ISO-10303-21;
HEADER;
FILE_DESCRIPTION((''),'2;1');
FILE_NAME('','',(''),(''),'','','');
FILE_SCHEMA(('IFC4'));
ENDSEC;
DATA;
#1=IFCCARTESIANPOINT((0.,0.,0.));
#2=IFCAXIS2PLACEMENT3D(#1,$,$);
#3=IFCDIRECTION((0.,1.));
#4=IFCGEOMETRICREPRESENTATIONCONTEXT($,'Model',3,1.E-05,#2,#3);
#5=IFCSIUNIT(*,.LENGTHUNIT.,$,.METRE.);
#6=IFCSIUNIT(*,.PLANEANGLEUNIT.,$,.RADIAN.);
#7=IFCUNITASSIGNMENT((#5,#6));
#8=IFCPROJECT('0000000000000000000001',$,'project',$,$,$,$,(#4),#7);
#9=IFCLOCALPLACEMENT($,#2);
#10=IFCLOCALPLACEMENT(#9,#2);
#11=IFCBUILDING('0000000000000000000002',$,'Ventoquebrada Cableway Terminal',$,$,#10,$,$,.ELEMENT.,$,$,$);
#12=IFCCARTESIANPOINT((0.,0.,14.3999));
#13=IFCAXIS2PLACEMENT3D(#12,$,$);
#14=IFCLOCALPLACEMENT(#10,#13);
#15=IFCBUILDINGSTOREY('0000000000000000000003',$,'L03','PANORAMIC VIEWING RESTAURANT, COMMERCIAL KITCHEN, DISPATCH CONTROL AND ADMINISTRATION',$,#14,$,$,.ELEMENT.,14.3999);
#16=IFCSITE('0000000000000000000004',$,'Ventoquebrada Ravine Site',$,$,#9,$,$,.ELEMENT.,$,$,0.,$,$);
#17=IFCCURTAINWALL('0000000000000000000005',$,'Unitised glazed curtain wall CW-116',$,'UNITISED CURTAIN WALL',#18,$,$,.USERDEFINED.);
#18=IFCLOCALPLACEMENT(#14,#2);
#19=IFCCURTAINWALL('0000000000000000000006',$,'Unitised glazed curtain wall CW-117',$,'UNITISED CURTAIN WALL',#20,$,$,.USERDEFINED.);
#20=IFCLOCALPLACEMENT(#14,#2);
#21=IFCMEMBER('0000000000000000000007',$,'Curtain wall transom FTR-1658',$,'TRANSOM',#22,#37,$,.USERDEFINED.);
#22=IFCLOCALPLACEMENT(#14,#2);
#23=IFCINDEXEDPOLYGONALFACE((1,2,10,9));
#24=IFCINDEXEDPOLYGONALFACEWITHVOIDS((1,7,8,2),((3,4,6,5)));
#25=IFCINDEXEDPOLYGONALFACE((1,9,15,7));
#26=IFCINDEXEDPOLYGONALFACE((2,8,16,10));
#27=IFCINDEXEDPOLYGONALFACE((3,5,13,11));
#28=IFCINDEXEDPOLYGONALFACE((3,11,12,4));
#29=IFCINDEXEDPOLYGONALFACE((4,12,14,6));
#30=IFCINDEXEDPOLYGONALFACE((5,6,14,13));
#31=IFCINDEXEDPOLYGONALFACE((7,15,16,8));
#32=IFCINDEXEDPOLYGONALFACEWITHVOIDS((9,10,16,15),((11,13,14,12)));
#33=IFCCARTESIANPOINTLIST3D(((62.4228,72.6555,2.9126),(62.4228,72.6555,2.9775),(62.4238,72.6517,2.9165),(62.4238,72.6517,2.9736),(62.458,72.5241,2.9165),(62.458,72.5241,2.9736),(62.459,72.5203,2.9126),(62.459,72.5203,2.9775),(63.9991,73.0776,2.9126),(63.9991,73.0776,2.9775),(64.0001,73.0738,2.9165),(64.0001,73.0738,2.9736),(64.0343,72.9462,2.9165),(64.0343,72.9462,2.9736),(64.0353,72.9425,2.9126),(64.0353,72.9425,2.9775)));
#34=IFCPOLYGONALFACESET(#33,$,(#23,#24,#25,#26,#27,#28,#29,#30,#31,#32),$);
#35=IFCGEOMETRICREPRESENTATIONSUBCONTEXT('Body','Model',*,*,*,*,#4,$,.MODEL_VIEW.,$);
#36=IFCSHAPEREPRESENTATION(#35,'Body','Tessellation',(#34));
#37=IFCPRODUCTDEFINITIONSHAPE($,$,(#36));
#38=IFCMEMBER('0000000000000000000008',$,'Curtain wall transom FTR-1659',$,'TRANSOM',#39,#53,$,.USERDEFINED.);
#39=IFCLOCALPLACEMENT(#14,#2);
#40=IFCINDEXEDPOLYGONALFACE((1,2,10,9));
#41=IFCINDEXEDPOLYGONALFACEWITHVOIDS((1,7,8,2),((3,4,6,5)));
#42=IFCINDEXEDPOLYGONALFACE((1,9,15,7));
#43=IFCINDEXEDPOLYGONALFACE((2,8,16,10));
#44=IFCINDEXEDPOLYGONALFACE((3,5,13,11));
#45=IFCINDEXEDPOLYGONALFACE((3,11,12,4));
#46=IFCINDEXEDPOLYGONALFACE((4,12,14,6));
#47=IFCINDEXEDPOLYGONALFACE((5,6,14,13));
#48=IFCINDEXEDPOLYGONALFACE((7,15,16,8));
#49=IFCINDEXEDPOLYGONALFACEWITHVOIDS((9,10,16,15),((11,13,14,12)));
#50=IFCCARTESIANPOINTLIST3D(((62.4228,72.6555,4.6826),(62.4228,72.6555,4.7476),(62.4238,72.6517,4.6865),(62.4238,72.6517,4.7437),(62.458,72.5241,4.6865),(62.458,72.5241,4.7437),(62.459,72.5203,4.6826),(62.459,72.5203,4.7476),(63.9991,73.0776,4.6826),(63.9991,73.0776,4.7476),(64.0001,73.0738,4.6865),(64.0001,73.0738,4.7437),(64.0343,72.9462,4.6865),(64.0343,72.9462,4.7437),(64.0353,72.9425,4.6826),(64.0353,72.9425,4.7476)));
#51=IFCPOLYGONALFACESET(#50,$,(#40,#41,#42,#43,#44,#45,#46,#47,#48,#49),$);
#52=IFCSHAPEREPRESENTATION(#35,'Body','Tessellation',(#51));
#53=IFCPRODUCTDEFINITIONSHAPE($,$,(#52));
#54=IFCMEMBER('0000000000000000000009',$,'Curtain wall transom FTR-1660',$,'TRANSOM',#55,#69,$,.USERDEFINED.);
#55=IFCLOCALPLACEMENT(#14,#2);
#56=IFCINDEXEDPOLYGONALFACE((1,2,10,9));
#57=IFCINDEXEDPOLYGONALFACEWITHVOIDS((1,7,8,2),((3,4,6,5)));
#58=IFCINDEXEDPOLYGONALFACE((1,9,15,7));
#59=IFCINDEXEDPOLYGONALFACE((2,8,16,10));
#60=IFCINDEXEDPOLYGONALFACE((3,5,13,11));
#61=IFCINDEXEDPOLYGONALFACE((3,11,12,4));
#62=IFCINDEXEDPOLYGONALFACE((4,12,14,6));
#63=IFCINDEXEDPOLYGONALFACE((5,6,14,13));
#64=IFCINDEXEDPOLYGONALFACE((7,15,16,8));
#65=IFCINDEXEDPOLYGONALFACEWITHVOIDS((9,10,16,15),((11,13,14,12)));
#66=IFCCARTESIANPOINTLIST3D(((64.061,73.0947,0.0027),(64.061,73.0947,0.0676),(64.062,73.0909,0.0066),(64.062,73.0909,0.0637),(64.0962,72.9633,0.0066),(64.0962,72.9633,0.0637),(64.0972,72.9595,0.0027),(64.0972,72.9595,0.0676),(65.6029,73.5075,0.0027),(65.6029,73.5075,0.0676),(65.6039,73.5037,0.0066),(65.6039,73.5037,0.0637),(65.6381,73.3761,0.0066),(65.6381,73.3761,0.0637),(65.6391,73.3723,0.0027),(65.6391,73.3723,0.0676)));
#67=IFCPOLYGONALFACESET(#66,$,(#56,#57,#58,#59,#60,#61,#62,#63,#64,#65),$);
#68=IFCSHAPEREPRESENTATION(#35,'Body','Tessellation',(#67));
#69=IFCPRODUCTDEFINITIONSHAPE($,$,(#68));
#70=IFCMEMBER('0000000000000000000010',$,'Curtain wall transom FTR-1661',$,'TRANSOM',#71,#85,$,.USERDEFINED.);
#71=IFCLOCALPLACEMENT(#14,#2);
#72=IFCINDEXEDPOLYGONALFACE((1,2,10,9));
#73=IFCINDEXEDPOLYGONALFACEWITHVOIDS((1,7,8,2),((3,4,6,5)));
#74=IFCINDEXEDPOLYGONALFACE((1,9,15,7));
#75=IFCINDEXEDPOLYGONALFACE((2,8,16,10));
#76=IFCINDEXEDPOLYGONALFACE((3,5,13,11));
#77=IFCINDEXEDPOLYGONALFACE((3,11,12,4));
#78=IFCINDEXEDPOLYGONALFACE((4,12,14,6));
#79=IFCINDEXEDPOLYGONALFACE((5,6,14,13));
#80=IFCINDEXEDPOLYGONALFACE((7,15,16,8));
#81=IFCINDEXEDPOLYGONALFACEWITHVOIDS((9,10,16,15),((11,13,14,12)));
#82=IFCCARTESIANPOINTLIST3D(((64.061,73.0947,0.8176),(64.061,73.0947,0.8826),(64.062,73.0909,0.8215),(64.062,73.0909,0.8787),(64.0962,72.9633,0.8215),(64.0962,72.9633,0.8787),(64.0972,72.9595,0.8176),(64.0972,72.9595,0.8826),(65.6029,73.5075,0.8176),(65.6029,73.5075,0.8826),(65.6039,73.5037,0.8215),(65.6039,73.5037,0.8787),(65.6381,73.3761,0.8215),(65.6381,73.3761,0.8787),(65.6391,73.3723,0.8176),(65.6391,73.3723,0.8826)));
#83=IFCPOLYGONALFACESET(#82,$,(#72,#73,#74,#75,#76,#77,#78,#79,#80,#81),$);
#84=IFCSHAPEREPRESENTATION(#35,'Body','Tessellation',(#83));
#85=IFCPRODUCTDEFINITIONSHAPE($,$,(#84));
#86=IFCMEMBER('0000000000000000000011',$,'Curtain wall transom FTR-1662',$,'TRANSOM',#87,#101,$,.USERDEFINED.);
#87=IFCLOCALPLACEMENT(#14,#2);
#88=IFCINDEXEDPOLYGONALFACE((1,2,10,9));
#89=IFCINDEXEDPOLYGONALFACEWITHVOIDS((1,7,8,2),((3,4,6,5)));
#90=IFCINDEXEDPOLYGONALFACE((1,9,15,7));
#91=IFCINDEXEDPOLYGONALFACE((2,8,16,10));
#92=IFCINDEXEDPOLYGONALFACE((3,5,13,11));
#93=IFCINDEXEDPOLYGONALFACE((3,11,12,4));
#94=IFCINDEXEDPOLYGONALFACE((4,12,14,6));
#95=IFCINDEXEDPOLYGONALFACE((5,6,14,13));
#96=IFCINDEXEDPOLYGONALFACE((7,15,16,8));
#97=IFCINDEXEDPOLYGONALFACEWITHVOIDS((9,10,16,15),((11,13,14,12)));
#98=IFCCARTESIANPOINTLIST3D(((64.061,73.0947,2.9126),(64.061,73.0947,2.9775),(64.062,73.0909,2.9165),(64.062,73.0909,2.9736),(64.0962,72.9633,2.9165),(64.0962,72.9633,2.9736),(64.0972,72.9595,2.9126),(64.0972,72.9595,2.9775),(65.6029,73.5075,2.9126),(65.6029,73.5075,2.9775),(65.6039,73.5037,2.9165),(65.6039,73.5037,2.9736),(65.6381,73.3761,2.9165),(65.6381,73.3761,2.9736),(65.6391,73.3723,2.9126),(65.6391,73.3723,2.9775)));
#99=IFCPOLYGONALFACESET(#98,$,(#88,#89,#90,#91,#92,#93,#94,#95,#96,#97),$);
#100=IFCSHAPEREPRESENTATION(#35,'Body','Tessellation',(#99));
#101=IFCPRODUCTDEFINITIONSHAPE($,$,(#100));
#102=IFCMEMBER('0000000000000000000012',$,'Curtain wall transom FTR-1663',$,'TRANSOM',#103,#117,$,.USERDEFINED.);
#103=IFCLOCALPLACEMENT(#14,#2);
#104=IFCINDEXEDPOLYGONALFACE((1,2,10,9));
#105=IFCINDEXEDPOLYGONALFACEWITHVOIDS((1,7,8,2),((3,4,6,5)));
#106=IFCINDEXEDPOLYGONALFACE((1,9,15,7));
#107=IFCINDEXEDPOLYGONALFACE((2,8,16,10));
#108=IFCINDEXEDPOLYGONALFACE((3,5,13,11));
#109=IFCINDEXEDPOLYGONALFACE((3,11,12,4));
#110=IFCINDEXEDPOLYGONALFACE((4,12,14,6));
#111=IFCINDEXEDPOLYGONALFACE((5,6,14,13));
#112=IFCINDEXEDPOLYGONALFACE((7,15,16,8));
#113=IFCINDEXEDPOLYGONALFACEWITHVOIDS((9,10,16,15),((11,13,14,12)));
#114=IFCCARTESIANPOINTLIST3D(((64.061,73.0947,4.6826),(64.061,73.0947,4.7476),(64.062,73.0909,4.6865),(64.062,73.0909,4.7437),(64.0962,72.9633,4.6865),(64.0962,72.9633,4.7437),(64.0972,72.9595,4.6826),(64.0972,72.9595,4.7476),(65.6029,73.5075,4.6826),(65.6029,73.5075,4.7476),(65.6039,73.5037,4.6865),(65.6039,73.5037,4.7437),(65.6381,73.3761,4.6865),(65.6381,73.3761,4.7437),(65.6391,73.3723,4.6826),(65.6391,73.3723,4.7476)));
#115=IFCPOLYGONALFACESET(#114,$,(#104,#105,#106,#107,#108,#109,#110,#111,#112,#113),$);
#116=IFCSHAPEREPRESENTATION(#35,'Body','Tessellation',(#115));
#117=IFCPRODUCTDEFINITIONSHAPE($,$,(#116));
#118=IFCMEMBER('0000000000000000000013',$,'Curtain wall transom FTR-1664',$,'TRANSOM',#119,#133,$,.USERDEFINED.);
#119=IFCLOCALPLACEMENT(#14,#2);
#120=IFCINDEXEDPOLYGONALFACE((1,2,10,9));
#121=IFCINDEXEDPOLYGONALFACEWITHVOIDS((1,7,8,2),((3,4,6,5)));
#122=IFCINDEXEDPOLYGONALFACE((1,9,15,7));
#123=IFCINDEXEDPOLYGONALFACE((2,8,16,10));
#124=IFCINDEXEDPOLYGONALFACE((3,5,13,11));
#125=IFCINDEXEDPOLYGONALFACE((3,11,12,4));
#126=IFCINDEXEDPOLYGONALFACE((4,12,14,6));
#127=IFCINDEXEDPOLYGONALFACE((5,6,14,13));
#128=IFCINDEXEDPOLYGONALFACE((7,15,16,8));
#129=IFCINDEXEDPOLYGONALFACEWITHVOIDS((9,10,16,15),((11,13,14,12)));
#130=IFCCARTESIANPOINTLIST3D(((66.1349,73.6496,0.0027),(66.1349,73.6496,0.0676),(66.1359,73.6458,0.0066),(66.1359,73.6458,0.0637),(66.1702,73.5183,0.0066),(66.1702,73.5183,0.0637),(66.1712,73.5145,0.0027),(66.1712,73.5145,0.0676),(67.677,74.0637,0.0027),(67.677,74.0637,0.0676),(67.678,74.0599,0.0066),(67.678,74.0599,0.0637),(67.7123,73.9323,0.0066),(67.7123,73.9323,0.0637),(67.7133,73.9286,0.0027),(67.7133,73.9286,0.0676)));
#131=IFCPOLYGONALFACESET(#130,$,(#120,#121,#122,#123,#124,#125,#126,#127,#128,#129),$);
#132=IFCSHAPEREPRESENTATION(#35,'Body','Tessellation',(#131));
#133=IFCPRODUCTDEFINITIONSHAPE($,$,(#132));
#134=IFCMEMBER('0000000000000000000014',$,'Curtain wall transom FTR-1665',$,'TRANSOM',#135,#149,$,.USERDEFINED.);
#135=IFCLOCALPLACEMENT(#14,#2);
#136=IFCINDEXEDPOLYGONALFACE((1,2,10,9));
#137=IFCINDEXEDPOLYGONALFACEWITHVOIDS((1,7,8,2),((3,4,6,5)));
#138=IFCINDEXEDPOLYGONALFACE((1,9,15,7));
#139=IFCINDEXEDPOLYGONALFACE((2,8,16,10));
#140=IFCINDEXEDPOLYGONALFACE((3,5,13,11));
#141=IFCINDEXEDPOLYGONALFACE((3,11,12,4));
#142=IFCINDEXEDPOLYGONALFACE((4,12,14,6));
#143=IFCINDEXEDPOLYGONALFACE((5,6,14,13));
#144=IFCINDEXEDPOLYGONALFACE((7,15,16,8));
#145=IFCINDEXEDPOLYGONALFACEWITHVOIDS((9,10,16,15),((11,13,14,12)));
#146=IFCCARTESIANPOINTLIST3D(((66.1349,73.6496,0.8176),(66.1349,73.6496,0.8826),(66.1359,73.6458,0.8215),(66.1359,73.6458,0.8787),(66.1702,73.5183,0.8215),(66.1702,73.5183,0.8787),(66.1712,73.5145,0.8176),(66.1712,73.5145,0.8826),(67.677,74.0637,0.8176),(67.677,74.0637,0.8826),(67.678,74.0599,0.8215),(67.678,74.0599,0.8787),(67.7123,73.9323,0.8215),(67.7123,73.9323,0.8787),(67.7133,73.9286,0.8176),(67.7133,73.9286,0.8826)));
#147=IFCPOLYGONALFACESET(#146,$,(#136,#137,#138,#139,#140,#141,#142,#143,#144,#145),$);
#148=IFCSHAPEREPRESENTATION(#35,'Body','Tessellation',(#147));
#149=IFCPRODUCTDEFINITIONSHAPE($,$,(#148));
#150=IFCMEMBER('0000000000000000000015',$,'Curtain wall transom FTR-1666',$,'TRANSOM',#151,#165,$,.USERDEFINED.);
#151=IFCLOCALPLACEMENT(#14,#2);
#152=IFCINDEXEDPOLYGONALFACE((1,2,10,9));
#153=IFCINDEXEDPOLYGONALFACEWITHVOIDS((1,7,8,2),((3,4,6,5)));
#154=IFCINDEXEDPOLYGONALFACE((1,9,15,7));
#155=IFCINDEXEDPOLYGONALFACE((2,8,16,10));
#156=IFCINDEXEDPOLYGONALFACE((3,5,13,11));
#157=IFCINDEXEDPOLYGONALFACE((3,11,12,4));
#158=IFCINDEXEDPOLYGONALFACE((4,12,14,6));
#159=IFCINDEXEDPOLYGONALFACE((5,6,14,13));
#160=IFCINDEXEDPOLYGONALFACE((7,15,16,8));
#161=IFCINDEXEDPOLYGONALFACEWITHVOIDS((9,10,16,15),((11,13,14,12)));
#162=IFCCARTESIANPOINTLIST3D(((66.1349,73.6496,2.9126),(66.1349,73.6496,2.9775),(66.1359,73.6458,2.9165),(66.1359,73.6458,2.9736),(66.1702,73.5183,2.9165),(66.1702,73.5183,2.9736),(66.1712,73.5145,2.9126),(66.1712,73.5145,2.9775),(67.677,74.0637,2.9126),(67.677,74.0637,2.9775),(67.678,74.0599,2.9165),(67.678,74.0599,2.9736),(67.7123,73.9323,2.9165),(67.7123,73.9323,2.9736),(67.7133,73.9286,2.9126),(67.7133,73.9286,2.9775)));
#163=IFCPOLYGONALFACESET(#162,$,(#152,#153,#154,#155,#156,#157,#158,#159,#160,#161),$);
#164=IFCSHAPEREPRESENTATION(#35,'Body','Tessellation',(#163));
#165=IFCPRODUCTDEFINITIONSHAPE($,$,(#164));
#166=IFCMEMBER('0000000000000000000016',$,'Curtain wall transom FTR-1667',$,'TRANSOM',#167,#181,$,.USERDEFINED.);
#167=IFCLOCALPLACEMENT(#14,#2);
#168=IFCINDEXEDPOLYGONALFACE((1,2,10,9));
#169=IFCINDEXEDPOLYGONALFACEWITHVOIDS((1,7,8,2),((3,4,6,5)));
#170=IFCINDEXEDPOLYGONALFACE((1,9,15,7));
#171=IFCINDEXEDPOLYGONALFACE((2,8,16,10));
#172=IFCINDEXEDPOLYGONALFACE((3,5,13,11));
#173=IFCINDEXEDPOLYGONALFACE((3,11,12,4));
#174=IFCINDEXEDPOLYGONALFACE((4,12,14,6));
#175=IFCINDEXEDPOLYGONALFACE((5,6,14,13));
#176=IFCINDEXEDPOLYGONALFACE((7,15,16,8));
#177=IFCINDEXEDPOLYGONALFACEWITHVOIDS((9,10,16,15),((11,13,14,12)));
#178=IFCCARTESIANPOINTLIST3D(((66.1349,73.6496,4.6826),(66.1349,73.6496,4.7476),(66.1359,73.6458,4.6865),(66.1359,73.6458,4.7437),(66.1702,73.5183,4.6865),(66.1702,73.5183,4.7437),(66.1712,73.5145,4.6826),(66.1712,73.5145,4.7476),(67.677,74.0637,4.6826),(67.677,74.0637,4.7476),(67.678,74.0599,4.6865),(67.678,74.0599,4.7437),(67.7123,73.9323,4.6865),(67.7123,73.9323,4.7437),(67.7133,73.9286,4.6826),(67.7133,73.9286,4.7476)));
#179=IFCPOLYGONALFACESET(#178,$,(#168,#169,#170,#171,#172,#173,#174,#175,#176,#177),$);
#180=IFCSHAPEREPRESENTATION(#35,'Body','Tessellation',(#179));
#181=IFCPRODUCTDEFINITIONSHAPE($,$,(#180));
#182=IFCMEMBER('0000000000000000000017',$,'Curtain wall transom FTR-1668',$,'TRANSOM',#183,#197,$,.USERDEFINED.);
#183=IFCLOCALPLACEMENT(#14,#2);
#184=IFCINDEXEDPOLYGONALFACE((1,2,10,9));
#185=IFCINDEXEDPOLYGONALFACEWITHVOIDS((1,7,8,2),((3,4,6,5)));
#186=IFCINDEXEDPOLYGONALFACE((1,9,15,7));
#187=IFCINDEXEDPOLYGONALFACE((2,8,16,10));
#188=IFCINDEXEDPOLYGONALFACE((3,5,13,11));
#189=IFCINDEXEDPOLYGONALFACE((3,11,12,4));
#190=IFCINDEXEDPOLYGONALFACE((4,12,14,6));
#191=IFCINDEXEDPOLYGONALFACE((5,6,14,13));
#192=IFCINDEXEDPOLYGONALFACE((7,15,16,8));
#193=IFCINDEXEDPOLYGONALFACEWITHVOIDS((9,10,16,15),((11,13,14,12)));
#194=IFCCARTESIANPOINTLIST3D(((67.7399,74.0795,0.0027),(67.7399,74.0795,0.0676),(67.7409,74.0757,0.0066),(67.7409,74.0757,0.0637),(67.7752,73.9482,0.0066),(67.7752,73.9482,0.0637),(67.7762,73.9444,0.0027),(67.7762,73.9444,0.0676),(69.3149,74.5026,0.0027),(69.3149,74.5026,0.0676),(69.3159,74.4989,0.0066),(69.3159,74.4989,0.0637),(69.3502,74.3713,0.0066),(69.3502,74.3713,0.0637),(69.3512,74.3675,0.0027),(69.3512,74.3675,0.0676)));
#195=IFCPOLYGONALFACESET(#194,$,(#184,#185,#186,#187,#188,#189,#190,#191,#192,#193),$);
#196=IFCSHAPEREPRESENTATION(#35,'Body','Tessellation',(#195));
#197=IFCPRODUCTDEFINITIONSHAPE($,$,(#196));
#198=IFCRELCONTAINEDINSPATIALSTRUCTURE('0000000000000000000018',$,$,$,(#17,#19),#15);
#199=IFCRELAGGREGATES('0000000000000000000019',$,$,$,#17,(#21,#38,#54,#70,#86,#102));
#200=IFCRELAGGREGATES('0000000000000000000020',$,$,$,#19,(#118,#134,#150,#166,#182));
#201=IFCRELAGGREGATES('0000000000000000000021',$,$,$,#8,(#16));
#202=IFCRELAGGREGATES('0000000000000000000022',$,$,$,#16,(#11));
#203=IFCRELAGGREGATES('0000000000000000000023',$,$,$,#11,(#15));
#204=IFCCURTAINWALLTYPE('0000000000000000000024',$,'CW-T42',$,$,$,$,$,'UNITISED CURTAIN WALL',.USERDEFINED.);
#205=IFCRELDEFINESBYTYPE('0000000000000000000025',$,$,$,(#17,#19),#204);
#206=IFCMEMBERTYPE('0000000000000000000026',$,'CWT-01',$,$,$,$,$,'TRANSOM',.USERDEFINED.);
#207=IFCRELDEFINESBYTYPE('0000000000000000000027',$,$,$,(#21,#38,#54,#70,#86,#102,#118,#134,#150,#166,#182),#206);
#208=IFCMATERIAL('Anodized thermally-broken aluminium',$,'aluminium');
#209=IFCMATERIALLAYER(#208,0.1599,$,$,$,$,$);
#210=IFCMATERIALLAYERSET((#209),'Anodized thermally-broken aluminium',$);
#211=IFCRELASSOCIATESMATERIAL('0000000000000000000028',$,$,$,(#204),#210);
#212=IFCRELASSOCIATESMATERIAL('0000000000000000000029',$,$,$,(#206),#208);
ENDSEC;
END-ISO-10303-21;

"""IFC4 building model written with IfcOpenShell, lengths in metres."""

from ifc_helpers import new_model, si_unit, direction, frame, origin, origin_2d, place, context, subcontext, project, spatial, hollow_rectangle, extrude, material, layer, layer_set, material_profile, profile_set, type_object, element, aggregate, save


model = new_model("IFC4")

# Units and contexts
model_context = context("Model", 3, precision=1e-05, world=origin(), true_north=direction((0.0, 1.0)))
body_context = subcontext(model_context, "Body", "Model", "MODEL_VIEW")
ifc_project = project(units=[si_unit("LENGTHUNIT", "METRE"), si_unit("PLANEANGLEUNIT", "RADIAN")], contexts=[model_context])

# Site, building, storey
site_placement = place(None, origin())
site = spatial("IfcSite", under=ifc_project, at=site_placement, Name="Ventoquebrada Ravine Site", CompositionType="ELEMENT", RefElevation=0.0)
building_placement = place(site_placement, origin())
building = spatial("IfcBuilding", under=site, at=building_placement, Name="Ventoquebrada Cableway Terminal", CompositionType="ELEMENT")
storey_placement = place(building_placement, frame((0.0, 0.0, 14.3999)))
storey = spatial("IfcBuildingStorey", under=building, at=storey_placement, Name="L03", Description="PANORAMIC VIEWING RESTAURANT, COMMERCIAL KITCHEN, DISPATCH CONTROL AND ADMINISTRATION", CompositionType="ELEMENT", Elevation=14.3999)

# Curtain walls
ifc_material_1 = material(Name="Anodized thermally-broken aluminium", Category="aluminium")
ifc_layer_1 = layer(ifc_material_1, 0.1599)
ifc_layer_set_1 = layer_set([ifc_layer_1], Name="Anodized thermally-broken aluminium")
curtain_wall_type = type_object("IfcCurtainWallType", Name="CW-T42", ElementType="UNITISED CURTAIN WALL", PredefinedType="USERDEFINED", material=ifc_layer_set_1)
curtain_wall_1_placement = place(storey_placement, origin())
curtain_wall_1 = element("IfcCurtainWall", 1, at=curtain_wall_1_placement, inside=storey, type_object=curtain_wall_type, Name="Unitised glazed curtain wall CW-116", ObjectType="UNITISED CURTAIN WALL", PredefinedType="USERDEFINED")
curtain_wall_2_placement = place(storey_placement, origin())
curtain_wall_2 = element("IfcCurtainWall", 2, at=curtain_wall_2_placement, inside=storey, type_object=curtain_wall_type, Name="Unitised glazed curtain wall CW-117", ObjectType="UNITISED CURTAIN WALL", PredefinedType="USERDEFINED")

# Members
ifc_material_profile_1 = material_profile(ifc_material_1, hollow_rectangle(XDim=0.0649, YDim=0.1399, WallThickness=0.0039, at=origin_2d()), Name="CW-TRN-65X140")
ifc_profile_set_1 = profile_set([ifc_material_profile_1], Name="Anodized thermally-broken aluminium")
member_type_1 = type_object("IfcMemberType", Name="CWT-01", ElementType="TRANSOM", PredefinedType="USERDEFINED", material=ifc_profile_set_1)
member_1_placement = place(storey_placement, frame((62.4409, 72.5879, 2.9451), z_axis=(0.965959, 0.258696, 0.0), x_axis=(0.0, 0.0, 1.0)))
member_1 = element("IfcMember", 3, at=member_1_placement, type_object=member_type_1, Name="Curtain wall transom FTR-1658", ObjectType="TRANSOM", PredefinedType="USERDEFINED", context=body_context, shape_type="SweptSolid", body=[
    extrude(hollow_rectangle(XDim=0.0649, YDim=0.1399, WallThickness=0.0039, at=origin_2d()), origin(), (0.0, 0.0, 1.0), 1.6318),
])
member_2_placement = place(storey_placement, frame((62.4409, 72.5879, 4.7151), z_axis=(0.965959, 0.258696, 0.0), x_axis=(0.0, 0.0, 1.0)))
member_2 = element("IfcMember", 4, at=member_2_placement, type_object=member_type_1, Name="Curtain wall transom FTR-1659", ObjectType="TRANSOM", PredefinedType="USERDEFINED", context=body_context, shape_type="SweptSolid", body=[
    extrude(hollow_rectangle(XDim=0.0649, YDim=0.1399, WallThickness=0.0039, at=origin_2d()), origin(), (0.0, 0.0, 1.0), 1.6318),
])
member_3_placement = place(storey_placement, frame((64.0791, 73.0271, 0.0352), z_axis=(0.965978, 0.258624, 0.0), x_axis=(0.0, 0.0, 1.0)))
member_3 = element("IfcMember", 5, at=member_3_placement, type_object=member_type_1, Name="Curtain wall transom FTR-1660", ObjectType="TRANSOM", PredefinedType="USERDEFINED", context=body_context, shape_type="SweptSolid", body=[
    extrude(hollow_rectangle(XDim=0.0649, YDim=0.1399, WallThickness=0.0039, at=origin_2d()), origin(), (0.0, 0.0, 1.0), 1.5962),
])
member_4_placement = place(storey_placement, frame((64.0791, 73.0271, 0.8501), z_axis=(0.965978, 0.258624, 0.0), x_axis=(0.0, 0.0, 1.0)))
member_4 = element("IfcMember", 6, at=member_4_placement, type_object=member_type_1, Name="Curtain wall transom FTR-1661", ObjectType="TRANSOM", PredefinedType="USERDEFINED", context=body_context, shape_type="SweptSolid", body=[
    extrude(hollow_rectangle(XDim=0.0649, YDim=0.1399, WallThickness=0.0039, at=origin_2d()), origin(), (0.0, 0.0, 1.0), 1.5962),
])
member_5_placement = place(storey_placement, frame((64.0791, 73.0271, 2.9451), z_axis=(0.965978, 0.258624, 0.0), x_axis=(0.0, 0.0, 1.0)))
member_5 = element("IfcMember", 7, at=member_5_placement, type_object=member_type_1, Name="Curtain wall transom FTR-1662", ObjectType="TRANSOM", PredefinedType="USERDEFINED", context=body_context, shape_type="SweptSolid", body=[
    extrude(hollow_rectangle(XDim=0.0649, YDim=0.1399, WallThickness=0.0039, at=origin_2d()), origin(), (0.0, 0.0, 1.0), 1.5962),
])
member_6_placement = place(storey_placement, frame((64.0791, 73.0271, 4.7151), z_axis=(0.965978, 0.258624, 0.0), x_axis=(0.0, 0.0, 1.0)))
member_6 = element("IfcMember", 8, at=member_6_placement, type_object=member_type_1, Name="Curtain wall transom FTR-1663", ObjectType="TRANSOM", PredefinedType="USERDEFINED", context=body_context, shape_type="SweptSolid", body=[
    extrude(hollow_rectangle(XDim=0.0649, YDim=0.1399, WallThickness=0.0039, at=origin_2d()), origin(), (0.0, 0.0, 1.0), 1.5962),
])
member_7_placement = place(storey_placement, frame((66.1531, 73.582, 0.0352), z_axis=(0.965787, 0.259337, 0.0), x_axis=(0.0, 0.0, 1.0)))
member_7 = element("IfcMember", 9, at=member_7_placement, type_object=member_type_1, Name="Curtain wall transom FTR-1664", ObjectType="TRANSOM", PredefinedType="USERDEFINED", context=body_context, shape_type="SweptSolid", body=[
    extrude(hollow_rectangle(XDim=0.0649, YDim=0.1399, WallThickness=0.0039, at=origin_2d()), origin(), (0.0, 0.0, 1.0), 1.5967),
])
member_8_placement = place(storey_placement, frame((66.1531, 73.582, 0.8501), z_axis=(0.965787, 0.259337, 0.0), x_axis=(0.0, 0.0, 1.0)))
member_8 = element("IfcMember", 10, at=member_8_placement, type_object=member_type_1, Name="Curtain wall transom FTR-1665", ObjectType="TRANSOM", PredefinedType="USERDEFINED", context=body_context, shape_type="SweptSolid", body=[
    extrude(hollow_rectangle(XDim=0.0649, YDim=0.1399, WallThickness=0.0039, at=origin_2d()), origin(), (0.0, 0.0, 1.0), 1.5967),
])
member_9_placement = place(storey_placement, frame((66.1531, 73.582, 2.9451), z_axis=(0.965787, 0.259337, 0.0), x_axis=(0.0, 0.0, 1.0)))
member_9 = element("IfcMember", 11, at=member_9_placement, type_object=member_type_1, Name="Curtain wall transom FTR-1666", ObjectType="TRANSOM", PredefinedType="USERDEFINED", context=body_context, shape_type="SweptSolid", body=[
    extrude(hollow_rectangle(XDim=0.0649, YDim=0.1399, WallThickness=0.0039, at=origin_2d()), origin(), (0.0, 0.0, 1.0), 1.5967),
])
member_10_placement = place(storey_placement, frame((66.1531, 73.582, 4.7151), z_axis=(0.965787, 0.259337, 0.0), x_axis=(0.0, 0.0, 1.0)))
member_10 = element("IfcMember", 12, at=member_10_placement, type_object=member_type_1, Name="Curtain wall transom FTR-1667", ObjectType="TRANSOM", PredefinedType="USERDEFINED", context=body_context, shape_type="SweptSolid", body=[
    extrude(hollow_rectangle(XDim=0.0649, YDim=0.1399, WallThickness=0.0039, at=origin_2d()), origin(), (0.0, 0.0, 1.0), 1.5967),
])
member_11_placement = place(storey_placement, frame((67.7581, 74.012, 0.0352), z_axis=(0.965759, 0.259442, 0.0), x_axis=(0.0, 0.0, 1.0)))
member_11 = element("IfcMember", 13, at=member_11_placement, type_object=member_type_1, Name="Curtain wall transom FTR-1668", ObjectType="TRANSOM", PredefinedType="USERDEFINED", context=body_context, shape_type="SweptSolid", body=[
    extrude(hollow_rectangle(XDim=0.0649, YDim=0.1399, WallThickness=0.0039, at=origin_2d()), origin(), (0.0, 0.0, 1.0), 1.6309),
])

aggregate(curtain_wall_1, [member_1, member_2, member_3, member_4, member_5, member_6])
aggregate(curtain_wall_2, [member_7, member_8, member_9, member_10, member_11])

save(model, "model.ifc")
